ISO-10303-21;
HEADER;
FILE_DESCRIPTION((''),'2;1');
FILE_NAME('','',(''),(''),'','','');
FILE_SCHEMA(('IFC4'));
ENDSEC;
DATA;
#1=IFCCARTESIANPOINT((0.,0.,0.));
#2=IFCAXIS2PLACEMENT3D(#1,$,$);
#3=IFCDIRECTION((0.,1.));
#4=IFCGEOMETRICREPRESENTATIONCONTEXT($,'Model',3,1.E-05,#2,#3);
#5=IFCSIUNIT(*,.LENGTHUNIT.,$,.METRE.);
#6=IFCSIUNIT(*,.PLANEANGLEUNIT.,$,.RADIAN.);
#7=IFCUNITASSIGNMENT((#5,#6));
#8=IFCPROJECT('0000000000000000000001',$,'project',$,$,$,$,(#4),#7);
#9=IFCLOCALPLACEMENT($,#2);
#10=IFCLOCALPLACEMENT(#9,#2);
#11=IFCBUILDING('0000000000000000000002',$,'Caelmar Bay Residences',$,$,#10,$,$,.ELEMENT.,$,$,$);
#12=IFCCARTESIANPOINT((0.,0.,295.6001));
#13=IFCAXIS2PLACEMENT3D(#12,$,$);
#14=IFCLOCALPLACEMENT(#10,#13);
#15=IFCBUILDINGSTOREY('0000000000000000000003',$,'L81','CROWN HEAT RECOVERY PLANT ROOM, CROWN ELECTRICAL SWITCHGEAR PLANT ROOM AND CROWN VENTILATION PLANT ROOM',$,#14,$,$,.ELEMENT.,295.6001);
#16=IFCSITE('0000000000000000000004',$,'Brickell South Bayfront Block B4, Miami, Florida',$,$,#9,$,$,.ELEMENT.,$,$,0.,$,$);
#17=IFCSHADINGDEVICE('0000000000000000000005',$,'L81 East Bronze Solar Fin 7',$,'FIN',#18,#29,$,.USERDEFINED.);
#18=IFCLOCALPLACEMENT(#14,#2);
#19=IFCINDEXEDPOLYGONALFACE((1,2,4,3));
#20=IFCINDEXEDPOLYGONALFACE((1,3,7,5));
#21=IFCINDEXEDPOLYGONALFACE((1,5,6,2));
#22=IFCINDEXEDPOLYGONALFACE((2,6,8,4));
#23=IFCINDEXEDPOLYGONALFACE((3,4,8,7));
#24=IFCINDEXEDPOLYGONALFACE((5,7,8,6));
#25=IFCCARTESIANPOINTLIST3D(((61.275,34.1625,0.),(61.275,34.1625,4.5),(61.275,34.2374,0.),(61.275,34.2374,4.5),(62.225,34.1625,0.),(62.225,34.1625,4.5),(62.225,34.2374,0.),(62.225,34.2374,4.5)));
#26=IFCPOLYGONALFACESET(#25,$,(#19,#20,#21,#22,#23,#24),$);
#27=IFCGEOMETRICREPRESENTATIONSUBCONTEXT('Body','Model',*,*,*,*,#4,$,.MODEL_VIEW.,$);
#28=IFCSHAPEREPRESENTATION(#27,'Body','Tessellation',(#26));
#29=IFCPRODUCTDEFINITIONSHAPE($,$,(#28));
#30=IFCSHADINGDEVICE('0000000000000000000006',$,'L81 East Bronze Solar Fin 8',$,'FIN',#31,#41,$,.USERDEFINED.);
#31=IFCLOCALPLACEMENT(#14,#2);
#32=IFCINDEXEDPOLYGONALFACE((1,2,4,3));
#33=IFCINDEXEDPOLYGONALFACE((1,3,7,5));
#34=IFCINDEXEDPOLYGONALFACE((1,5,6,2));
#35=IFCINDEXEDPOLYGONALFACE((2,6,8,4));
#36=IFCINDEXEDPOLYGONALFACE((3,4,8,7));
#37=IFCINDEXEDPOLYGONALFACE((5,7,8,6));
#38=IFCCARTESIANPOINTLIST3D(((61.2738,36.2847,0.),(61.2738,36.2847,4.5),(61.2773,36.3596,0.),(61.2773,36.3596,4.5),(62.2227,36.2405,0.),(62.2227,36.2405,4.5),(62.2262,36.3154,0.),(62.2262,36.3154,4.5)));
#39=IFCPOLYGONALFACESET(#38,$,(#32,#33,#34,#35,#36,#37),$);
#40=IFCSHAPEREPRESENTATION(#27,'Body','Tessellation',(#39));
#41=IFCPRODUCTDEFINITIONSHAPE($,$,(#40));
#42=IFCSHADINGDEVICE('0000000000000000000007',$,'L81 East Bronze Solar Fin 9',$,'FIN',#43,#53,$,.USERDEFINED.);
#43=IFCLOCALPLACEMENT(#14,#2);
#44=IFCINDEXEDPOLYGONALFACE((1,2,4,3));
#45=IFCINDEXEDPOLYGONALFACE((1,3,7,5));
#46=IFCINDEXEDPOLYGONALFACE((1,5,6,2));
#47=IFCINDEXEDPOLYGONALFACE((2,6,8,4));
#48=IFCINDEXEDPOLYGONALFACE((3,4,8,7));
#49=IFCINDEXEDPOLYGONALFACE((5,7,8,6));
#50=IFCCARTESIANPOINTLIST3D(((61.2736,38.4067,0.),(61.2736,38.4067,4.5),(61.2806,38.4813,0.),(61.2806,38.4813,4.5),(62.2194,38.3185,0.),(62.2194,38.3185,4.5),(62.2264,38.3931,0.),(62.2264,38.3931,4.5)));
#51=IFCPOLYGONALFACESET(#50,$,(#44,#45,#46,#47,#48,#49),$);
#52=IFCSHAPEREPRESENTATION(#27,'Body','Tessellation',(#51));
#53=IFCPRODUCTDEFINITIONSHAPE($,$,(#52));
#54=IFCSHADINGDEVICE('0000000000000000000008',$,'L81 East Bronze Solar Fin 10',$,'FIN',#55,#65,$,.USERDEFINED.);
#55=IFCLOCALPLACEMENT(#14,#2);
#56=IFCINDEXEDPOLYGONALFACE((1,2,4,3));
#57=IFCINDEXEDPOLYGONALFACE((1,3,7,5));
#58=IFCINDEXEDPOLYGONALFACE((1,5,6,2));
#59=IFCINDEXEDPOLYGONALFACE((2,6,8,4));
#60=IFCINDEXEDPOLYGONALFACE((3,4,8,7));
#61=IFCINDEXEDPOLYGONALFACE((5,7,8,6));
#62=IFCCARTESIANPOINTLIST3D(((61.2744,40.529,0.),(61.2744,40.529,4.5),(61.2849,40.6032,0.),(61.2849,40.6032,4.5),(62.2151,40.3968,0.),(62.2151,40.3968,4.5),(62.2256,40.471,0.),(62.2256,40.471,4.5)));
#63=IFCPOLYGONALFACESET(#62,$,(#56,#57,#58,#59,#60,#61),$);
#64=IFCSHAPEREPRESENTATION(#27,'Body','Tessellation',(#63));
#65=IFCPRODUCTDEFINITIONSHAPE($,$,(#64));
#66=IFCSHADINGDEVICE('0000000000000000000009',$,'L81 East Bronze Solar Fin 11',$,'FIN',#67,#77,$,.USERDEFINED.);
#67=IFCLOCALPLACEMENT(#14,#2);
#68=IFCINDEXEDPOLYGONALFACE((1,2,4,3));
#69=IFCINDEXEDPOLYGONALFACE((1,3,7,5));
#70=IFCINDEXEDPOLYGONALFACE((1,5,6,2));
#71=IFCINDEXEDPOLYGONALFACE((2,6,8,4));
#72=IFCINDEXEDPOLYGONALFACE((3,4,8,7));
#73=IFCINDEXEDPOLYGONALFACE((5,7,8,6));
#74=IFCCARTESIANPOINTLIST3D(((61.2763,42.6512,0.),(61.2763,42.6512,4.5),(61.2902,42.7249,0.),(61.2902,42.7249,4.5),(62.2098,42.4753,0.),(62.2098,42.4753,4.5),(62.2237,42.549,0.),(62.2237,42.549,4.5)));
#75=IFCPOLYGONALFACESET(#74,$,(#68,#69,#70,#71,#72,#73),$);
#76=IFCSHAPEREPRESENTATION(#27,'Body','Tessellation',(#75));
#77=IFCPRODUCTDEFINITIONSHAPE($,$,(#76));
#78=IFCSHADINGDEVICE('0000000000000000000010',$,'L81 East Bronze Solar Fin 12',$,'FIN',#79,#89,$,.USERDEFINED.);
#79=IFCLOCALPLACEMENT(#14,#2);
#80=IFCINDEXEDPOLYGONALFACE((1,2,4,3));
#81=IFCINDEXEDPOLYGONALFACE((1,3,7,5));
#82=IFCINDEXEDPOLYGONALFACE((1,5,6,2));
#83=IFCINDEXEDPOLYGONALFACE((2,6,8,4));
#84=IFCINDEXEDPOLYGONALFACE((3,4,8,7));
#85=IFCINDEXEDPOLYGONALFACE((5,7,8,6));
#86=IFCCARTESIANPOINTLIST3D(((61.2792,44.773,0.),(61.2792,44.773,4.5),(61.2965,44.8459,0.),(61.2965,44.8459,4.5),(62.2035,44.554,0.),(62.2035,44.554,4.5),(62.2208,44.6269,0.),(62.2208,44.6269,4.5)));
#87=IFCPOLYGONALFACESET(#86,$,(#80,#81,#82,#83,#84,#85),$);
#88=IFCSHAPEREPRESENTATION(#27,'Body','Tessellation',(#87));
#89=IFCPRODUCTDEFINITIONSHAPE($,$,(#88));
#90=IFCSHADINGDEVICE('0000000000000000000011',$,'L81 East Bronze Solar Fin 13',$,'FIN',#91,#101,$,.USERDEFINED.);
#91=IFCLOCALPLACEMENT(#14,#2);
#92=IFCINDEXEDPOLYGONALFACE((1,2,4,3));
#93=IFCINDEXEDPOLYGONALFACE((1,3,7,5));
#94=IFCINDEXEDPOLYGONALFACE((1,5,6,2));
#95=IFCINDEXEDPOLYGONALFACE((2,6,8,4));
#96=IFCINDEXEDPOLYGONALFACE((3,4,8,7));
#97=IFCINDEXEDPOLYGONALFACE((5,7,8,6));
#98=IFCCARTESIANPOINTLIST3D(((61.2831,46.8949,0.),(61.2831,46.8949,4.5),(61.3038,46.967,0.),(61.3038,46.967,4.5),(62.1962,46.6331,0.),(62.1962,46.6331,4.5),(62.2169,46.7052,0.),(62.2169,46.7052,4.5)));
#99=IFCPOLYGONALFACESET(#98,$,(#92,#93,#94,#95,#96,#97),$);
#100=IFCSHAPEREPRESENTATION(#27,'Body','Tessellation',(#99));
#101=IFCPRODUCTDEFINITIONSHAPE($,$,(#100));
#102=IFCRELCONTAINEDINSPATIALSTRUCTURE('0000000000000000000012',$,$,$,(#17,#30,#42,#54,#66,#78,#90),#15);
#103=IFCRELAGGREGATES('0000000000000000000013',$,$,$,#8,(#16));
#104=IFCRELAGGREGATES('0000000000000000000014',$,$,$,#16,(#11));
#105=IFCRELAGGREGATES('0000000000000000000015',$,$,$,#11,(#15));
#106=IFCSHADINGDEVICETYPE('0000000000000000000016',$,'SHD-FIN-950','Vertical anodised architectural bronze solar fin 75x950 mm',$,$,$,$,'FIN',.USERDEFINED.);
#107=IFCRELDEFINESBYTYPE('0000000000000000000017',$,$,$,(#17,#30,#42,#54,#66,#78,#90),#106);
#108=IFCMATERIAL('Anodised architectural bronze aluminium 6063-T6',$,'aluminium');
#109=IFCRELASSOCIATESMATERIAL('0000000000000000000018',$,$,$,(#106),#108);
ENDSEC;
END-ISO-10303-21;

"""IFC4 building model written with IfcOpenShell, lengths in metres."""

from ifc_helpers import new_model, si_unit, direction, frame, origin, origin_2d, place, context, subcontext, project, spatial, rectangle, extrude, material, material_profile, profile_set, type_object, element, save


model = new_model("IFC4")

# Units and contexts
model_context = context("Model", 3, precision=1e-05, world=origin(), true_north=direction((0.0, 1.0)))
body_context = subcontext(model_context, "Body", "Model", "MODEL_VIEW")
ifc_project = project(units=[si_unit("LENGTHUNIT", "METRE"), si_unit("PLANEANGLEUNIT", "RADIAN")], contexts=[model_context])

# Site, building, storey
site_placement = place(None, origin())
site = spatial("IfcSite", under=ifc_project, at=site_placement, Name="Brickell South Bayfront Block B4, Miami, Florida", CompositionType="ELEMENT", RefElevation=0.0)
building_placement = place(site_placement, origin())
building = spatial("IfcBuilding", under=site, at=building_placement, Name="Caelmar Bay Residences", CompositionType="ELEMENT")
storey_placement = place(building_placement, frame((0.0, 0.0, 295.6001)))
storey = spatial("IfcBuildingStorey", under=building, at=storey_placement, Name="L81", Description="CROWN HEAT RECOVERY PLANT ROOM, CROWN ELECTRICAL SWITCHGEAR PLANT ROOM AND CROWN VENTILATION PLANT ROOM", CompositionType="ELEMENT", Elevation=295.6001)

# Shading devices
ifc_material_1 = material(Name="Anodised architectural bronze aluminium 6063-T6", Category="aluminium")
ifc_material_profile_1 = material_profile(ifc_material_1, rectangle(XDim=0.075, YDim=0.95, at=origin_2d()), Name="BRONZE-FIN-75X950")
ifc_profile_set_1 = profile_set([ifc_material_profile_1], Name="Anodised architectural bronze aluminium 6063-T6")
shading_device_type = type_object("IfcShadingDeviceType", Name="SHD-FIN-950", Description="Vertical anodised architectural bronze solar fin 75x950 mm", ElementType="FIN", PredefinedType="USERDEFINED", material=ifc_profile_set_1)
for number, where, z_axis, x_axis, name in (
    (1, (61.75, 34.2, 0.0), (0.0, 0.0, 1.0), (0.0, 1.0, 0.0), "L81 East Bronze Solar Fin 7"),
    (2, (61.75, 36.3, 0.0), (0.0, 0.0, 1.0), (0.046583, 0.998914, 0.0), "L81 East Bronze Solar Fin 8"),
    (3, (61.75, 38.3999, 0.0), (0.0, 0.0, 1.0), (0.092892, 0.995676, 0.0), "L81 East Bronze Solar Fin 9"),
    (4, (61.75, 40.5, 0.0), (0.0, 0.0, 1.0), (0.139173, 0.990268, 0.0), "L81 East Bronze Solar Fin 10"),
    (5, (61.75, 42.6001, 0.0), (0.0, 0.0, 1.0), (0.185152, 0.98271, 0.0), "L81 East Bronze Solar Fin 11"),
    (6, (61.75, 44.7, 0.0), (0.0, 0.0, 1.0), (0.230559, 0.973058, 0.0), "L81 East Bronze Solar Fin 12"),
    (7, (61.75, 46.8, 0.0), (0.0, 0.0, 1.0), (0.275637, 0.961262, 0.0), "L81 East Bronze Solar Fin 13"),
):
    element("IfcShadingDevice", number, at=place(storey_placement, frame(where, z_axis=z_axis, x_axis=x_axis)), inside=storey, type_object=shading_device_type, Name=name, ObjectType="FIN", PredefinedType="USERDEFINED", context=body_context, shape_type="SweptSolid", body=[
        extrude(rectangle(XDim=0.075, YDim=0.95, at=origin_2d()), origin(), (0.0, 0.0, 1.0), 4.5),
    ])

save(model, "model.ifc")
